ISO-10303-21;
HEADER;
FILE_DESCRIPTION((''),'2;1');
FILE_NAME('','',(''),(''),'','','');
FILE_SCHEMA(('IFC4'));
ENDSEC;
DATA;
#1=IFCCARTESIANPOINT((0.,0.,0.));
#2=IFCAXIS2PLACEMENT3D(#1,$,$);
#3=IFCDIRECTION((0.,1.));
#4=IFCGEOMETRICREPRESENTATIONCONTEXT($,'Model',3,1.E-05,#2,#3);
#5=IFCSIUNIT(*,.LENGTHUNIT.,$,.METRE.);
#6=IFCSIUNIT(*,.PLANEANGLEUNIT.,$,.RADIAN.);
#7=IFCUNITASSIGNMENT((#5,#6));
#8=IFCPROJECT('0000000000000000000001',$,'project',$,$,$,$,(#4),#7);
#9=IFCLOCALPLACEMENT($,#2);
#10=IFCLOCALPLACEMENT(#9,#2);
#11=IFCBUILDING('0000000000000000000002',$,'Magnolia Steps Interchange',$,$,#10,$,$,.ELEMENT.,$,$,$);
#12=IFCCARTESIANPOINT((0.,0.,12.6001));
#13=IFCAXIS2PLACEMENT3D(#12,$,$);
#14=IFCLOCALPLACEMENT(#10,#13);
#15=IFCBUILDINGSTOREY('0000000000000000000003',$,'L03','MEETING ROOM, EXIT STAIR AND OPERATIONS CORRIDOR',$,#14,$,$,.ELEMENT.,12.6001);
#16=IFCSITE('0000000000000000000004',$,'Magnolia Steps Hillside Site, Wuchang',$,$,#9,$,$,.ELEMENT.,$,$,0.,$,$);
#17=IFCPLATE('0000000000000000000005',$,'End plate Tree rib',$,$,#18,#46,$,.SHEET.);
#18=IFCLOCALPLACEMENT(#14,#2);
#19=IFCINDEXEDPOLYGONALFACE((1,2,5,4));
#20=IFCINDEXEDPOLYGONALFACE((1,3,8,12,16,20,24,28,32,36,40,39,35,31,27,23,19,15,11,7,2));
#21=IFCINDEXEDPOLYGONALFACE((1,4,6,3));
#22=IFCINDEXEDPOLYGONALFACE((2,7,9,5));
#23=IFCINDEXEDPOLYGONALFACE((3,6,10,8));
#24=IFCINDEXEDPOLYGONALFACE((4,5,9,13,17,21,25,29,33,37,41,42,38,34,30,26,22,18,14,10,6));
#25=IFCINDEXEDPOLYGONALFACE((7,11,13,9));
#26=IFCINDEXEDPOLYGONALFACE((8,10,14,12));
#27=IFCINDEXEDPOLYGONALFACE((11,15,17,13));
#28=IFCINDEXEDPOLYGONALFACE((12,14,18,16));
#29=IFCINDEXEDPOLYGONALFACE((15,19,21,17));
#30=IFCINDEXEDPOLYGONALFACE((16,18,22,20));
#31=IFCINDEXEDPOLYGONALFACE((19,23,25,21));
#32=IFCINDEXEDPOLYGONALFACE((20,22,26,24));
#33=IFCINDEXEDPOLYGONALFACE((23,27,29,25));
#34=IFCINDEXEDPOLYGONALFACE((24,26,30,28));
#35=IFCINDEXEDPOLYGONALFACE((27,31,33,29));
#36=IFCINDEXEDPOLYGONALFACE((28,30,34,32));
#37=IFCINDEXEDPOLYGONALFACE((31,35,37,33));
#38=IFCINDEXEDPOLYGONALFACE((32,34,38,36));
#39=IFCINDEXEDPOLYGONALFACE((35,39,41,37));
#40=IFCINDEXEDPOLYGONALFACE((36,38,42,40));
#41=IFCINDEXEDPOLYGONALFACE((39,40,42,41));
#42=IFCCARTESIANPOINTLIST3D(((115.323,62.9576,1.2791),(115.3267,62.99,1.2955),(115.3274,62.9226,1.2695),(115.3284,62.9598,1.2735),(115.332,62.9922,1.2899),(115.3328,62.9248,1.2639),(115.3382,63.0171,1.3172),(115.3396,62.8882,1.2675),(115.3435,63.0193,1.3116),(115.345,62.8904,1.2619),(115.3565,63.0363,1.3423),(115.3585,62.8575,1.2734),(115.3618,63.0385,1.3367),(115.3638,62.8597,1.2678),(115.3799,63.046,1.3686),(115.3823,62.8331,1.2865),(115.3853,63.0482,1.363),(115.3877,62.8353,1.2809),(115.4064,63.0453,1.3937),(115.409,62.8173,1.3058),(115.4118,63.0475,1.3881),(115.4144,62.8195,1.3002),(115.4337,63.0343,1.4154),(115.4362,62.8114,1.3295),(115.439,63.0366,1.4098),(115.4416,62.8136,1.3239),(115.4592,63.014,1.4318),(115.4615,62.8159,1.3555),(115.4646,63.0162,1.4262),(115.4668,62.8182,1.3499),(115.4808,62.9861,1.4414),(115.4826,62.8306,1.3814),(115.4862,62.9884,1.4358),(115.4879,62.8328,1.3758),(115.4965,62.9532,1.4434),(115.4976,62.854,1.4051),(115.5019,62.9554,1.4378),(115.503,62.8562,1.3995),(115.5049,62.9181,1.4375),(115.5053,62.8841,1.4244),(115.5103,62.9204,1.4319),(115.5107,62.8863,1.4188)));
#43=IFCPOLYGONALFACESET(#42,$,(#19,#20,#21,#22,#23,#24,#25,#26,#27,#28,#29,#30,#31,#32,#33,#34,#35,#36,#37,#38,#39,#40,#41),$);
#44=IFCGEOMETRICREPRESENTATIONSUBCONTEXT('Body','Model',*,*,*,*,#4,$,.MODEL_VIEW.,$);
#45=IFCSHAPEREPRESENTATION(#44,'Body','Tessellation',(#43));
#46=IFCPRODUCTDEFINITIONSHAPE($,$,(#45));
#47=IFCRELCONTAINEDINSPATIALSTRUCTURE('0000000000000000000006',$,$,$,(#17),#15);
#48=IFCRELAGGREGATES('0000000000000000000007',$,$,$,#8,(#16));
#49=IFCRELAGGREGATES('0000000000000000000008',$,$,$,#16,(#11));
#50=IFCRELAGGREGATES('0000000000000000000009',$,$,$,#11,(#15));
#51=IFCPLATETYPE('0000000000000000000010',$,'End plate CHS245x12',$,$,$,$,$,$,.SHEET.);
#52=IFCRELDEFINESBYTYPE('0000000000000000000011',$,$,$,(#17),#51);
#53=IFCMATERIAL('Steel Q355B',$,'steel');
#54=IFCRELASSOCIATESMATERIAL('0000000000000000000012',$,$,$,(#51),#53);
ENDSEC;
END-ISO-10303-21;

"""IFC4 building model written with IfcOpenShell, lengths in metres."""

from ifc_helpers import new_model, si_unit, direction, frame, origin, origin_2d, place, context, subcontext, project, spatial, circle, extrude, material, material_profile, profile_set, type_object, element, save


model = new_model("IFC4")

# Units and contexts
model_context = context("Model", 3, precision=1e-05, world=origin(), true_north=direction((0.0, 1.0)))
body_context = subcontext(model_context, "Body", "Model", "MODEL_VIEW")
ifc_project = project(units=[si_unit("LENGTHUNIT", "METRE"), si_unit("PLANEANGLEUNIT", "RADIAN")], contexts=[model_context])

# Site, building, storey
site_placement = place(None, origin())
site = spatial("IfcSite", under=ifc_project, at=site_placement, Name="Magnolia Steps Hillside Site, Wuchang", CompositionType="ELEMENT", RefElevation=0.0)
building_placement = place(site_placement, origin())
building = spatial("IfcBuilding", under=site, at=building_placement, Name="Magnolia Steps Interchange", CompositionType="ELEMENT")
storey_placement = place(building_placement, frame((0.0, 0.0, 12.6001)))
storey = spatial("IfcBuildingStorey", under=building, at=storey_placement, Name="L03", Description="MEETING ROOM, EXIT STAIR AND OPERATIONS CORRIDOR", CompositionType="ELEMENT", Elevation=12.6001)

# Plate
ifc_material_1 = material(Name="Steel Q355B", Category="steel")
ifc_material_profile_1 = material_profile(ifc_material_1, circle(Radius=0.1226, at=origin_2d()), Name="End plate CHS245x12")
ifc_profile_set_1 = profile_set([ifc_material_profile_1], Name="Steel Q355B")
plate_type = type_object("IfcPlateType", Name="End plate CHS245x12", PredefinedType="SHEET", material=ifc_profile_set_1)
for number, where, z_axis, x_axis, name in (
    (1, (115.4199, 62.9314, 1.3499), (-0.664583, -0.275279, 0.694658), (0.382683, -0.92388, 0.0), "End plate Tree rib"),
):
    element("IfcPlate", number, at=place(storey_placement, frame(where, z_axis=z_axis, x_axis=x_axis)), inside=storey, type_object=plate_type, Name=name, PredefinedType="SHEET", context=body_context, shape_type="SweptSolid", body=[
        extrude(circle(Radius=0.1226, at=origin_2d()), origin(), (0.0, 0.0, 1.0), 0.0081),
    ])

save(model, "model.ifc")
